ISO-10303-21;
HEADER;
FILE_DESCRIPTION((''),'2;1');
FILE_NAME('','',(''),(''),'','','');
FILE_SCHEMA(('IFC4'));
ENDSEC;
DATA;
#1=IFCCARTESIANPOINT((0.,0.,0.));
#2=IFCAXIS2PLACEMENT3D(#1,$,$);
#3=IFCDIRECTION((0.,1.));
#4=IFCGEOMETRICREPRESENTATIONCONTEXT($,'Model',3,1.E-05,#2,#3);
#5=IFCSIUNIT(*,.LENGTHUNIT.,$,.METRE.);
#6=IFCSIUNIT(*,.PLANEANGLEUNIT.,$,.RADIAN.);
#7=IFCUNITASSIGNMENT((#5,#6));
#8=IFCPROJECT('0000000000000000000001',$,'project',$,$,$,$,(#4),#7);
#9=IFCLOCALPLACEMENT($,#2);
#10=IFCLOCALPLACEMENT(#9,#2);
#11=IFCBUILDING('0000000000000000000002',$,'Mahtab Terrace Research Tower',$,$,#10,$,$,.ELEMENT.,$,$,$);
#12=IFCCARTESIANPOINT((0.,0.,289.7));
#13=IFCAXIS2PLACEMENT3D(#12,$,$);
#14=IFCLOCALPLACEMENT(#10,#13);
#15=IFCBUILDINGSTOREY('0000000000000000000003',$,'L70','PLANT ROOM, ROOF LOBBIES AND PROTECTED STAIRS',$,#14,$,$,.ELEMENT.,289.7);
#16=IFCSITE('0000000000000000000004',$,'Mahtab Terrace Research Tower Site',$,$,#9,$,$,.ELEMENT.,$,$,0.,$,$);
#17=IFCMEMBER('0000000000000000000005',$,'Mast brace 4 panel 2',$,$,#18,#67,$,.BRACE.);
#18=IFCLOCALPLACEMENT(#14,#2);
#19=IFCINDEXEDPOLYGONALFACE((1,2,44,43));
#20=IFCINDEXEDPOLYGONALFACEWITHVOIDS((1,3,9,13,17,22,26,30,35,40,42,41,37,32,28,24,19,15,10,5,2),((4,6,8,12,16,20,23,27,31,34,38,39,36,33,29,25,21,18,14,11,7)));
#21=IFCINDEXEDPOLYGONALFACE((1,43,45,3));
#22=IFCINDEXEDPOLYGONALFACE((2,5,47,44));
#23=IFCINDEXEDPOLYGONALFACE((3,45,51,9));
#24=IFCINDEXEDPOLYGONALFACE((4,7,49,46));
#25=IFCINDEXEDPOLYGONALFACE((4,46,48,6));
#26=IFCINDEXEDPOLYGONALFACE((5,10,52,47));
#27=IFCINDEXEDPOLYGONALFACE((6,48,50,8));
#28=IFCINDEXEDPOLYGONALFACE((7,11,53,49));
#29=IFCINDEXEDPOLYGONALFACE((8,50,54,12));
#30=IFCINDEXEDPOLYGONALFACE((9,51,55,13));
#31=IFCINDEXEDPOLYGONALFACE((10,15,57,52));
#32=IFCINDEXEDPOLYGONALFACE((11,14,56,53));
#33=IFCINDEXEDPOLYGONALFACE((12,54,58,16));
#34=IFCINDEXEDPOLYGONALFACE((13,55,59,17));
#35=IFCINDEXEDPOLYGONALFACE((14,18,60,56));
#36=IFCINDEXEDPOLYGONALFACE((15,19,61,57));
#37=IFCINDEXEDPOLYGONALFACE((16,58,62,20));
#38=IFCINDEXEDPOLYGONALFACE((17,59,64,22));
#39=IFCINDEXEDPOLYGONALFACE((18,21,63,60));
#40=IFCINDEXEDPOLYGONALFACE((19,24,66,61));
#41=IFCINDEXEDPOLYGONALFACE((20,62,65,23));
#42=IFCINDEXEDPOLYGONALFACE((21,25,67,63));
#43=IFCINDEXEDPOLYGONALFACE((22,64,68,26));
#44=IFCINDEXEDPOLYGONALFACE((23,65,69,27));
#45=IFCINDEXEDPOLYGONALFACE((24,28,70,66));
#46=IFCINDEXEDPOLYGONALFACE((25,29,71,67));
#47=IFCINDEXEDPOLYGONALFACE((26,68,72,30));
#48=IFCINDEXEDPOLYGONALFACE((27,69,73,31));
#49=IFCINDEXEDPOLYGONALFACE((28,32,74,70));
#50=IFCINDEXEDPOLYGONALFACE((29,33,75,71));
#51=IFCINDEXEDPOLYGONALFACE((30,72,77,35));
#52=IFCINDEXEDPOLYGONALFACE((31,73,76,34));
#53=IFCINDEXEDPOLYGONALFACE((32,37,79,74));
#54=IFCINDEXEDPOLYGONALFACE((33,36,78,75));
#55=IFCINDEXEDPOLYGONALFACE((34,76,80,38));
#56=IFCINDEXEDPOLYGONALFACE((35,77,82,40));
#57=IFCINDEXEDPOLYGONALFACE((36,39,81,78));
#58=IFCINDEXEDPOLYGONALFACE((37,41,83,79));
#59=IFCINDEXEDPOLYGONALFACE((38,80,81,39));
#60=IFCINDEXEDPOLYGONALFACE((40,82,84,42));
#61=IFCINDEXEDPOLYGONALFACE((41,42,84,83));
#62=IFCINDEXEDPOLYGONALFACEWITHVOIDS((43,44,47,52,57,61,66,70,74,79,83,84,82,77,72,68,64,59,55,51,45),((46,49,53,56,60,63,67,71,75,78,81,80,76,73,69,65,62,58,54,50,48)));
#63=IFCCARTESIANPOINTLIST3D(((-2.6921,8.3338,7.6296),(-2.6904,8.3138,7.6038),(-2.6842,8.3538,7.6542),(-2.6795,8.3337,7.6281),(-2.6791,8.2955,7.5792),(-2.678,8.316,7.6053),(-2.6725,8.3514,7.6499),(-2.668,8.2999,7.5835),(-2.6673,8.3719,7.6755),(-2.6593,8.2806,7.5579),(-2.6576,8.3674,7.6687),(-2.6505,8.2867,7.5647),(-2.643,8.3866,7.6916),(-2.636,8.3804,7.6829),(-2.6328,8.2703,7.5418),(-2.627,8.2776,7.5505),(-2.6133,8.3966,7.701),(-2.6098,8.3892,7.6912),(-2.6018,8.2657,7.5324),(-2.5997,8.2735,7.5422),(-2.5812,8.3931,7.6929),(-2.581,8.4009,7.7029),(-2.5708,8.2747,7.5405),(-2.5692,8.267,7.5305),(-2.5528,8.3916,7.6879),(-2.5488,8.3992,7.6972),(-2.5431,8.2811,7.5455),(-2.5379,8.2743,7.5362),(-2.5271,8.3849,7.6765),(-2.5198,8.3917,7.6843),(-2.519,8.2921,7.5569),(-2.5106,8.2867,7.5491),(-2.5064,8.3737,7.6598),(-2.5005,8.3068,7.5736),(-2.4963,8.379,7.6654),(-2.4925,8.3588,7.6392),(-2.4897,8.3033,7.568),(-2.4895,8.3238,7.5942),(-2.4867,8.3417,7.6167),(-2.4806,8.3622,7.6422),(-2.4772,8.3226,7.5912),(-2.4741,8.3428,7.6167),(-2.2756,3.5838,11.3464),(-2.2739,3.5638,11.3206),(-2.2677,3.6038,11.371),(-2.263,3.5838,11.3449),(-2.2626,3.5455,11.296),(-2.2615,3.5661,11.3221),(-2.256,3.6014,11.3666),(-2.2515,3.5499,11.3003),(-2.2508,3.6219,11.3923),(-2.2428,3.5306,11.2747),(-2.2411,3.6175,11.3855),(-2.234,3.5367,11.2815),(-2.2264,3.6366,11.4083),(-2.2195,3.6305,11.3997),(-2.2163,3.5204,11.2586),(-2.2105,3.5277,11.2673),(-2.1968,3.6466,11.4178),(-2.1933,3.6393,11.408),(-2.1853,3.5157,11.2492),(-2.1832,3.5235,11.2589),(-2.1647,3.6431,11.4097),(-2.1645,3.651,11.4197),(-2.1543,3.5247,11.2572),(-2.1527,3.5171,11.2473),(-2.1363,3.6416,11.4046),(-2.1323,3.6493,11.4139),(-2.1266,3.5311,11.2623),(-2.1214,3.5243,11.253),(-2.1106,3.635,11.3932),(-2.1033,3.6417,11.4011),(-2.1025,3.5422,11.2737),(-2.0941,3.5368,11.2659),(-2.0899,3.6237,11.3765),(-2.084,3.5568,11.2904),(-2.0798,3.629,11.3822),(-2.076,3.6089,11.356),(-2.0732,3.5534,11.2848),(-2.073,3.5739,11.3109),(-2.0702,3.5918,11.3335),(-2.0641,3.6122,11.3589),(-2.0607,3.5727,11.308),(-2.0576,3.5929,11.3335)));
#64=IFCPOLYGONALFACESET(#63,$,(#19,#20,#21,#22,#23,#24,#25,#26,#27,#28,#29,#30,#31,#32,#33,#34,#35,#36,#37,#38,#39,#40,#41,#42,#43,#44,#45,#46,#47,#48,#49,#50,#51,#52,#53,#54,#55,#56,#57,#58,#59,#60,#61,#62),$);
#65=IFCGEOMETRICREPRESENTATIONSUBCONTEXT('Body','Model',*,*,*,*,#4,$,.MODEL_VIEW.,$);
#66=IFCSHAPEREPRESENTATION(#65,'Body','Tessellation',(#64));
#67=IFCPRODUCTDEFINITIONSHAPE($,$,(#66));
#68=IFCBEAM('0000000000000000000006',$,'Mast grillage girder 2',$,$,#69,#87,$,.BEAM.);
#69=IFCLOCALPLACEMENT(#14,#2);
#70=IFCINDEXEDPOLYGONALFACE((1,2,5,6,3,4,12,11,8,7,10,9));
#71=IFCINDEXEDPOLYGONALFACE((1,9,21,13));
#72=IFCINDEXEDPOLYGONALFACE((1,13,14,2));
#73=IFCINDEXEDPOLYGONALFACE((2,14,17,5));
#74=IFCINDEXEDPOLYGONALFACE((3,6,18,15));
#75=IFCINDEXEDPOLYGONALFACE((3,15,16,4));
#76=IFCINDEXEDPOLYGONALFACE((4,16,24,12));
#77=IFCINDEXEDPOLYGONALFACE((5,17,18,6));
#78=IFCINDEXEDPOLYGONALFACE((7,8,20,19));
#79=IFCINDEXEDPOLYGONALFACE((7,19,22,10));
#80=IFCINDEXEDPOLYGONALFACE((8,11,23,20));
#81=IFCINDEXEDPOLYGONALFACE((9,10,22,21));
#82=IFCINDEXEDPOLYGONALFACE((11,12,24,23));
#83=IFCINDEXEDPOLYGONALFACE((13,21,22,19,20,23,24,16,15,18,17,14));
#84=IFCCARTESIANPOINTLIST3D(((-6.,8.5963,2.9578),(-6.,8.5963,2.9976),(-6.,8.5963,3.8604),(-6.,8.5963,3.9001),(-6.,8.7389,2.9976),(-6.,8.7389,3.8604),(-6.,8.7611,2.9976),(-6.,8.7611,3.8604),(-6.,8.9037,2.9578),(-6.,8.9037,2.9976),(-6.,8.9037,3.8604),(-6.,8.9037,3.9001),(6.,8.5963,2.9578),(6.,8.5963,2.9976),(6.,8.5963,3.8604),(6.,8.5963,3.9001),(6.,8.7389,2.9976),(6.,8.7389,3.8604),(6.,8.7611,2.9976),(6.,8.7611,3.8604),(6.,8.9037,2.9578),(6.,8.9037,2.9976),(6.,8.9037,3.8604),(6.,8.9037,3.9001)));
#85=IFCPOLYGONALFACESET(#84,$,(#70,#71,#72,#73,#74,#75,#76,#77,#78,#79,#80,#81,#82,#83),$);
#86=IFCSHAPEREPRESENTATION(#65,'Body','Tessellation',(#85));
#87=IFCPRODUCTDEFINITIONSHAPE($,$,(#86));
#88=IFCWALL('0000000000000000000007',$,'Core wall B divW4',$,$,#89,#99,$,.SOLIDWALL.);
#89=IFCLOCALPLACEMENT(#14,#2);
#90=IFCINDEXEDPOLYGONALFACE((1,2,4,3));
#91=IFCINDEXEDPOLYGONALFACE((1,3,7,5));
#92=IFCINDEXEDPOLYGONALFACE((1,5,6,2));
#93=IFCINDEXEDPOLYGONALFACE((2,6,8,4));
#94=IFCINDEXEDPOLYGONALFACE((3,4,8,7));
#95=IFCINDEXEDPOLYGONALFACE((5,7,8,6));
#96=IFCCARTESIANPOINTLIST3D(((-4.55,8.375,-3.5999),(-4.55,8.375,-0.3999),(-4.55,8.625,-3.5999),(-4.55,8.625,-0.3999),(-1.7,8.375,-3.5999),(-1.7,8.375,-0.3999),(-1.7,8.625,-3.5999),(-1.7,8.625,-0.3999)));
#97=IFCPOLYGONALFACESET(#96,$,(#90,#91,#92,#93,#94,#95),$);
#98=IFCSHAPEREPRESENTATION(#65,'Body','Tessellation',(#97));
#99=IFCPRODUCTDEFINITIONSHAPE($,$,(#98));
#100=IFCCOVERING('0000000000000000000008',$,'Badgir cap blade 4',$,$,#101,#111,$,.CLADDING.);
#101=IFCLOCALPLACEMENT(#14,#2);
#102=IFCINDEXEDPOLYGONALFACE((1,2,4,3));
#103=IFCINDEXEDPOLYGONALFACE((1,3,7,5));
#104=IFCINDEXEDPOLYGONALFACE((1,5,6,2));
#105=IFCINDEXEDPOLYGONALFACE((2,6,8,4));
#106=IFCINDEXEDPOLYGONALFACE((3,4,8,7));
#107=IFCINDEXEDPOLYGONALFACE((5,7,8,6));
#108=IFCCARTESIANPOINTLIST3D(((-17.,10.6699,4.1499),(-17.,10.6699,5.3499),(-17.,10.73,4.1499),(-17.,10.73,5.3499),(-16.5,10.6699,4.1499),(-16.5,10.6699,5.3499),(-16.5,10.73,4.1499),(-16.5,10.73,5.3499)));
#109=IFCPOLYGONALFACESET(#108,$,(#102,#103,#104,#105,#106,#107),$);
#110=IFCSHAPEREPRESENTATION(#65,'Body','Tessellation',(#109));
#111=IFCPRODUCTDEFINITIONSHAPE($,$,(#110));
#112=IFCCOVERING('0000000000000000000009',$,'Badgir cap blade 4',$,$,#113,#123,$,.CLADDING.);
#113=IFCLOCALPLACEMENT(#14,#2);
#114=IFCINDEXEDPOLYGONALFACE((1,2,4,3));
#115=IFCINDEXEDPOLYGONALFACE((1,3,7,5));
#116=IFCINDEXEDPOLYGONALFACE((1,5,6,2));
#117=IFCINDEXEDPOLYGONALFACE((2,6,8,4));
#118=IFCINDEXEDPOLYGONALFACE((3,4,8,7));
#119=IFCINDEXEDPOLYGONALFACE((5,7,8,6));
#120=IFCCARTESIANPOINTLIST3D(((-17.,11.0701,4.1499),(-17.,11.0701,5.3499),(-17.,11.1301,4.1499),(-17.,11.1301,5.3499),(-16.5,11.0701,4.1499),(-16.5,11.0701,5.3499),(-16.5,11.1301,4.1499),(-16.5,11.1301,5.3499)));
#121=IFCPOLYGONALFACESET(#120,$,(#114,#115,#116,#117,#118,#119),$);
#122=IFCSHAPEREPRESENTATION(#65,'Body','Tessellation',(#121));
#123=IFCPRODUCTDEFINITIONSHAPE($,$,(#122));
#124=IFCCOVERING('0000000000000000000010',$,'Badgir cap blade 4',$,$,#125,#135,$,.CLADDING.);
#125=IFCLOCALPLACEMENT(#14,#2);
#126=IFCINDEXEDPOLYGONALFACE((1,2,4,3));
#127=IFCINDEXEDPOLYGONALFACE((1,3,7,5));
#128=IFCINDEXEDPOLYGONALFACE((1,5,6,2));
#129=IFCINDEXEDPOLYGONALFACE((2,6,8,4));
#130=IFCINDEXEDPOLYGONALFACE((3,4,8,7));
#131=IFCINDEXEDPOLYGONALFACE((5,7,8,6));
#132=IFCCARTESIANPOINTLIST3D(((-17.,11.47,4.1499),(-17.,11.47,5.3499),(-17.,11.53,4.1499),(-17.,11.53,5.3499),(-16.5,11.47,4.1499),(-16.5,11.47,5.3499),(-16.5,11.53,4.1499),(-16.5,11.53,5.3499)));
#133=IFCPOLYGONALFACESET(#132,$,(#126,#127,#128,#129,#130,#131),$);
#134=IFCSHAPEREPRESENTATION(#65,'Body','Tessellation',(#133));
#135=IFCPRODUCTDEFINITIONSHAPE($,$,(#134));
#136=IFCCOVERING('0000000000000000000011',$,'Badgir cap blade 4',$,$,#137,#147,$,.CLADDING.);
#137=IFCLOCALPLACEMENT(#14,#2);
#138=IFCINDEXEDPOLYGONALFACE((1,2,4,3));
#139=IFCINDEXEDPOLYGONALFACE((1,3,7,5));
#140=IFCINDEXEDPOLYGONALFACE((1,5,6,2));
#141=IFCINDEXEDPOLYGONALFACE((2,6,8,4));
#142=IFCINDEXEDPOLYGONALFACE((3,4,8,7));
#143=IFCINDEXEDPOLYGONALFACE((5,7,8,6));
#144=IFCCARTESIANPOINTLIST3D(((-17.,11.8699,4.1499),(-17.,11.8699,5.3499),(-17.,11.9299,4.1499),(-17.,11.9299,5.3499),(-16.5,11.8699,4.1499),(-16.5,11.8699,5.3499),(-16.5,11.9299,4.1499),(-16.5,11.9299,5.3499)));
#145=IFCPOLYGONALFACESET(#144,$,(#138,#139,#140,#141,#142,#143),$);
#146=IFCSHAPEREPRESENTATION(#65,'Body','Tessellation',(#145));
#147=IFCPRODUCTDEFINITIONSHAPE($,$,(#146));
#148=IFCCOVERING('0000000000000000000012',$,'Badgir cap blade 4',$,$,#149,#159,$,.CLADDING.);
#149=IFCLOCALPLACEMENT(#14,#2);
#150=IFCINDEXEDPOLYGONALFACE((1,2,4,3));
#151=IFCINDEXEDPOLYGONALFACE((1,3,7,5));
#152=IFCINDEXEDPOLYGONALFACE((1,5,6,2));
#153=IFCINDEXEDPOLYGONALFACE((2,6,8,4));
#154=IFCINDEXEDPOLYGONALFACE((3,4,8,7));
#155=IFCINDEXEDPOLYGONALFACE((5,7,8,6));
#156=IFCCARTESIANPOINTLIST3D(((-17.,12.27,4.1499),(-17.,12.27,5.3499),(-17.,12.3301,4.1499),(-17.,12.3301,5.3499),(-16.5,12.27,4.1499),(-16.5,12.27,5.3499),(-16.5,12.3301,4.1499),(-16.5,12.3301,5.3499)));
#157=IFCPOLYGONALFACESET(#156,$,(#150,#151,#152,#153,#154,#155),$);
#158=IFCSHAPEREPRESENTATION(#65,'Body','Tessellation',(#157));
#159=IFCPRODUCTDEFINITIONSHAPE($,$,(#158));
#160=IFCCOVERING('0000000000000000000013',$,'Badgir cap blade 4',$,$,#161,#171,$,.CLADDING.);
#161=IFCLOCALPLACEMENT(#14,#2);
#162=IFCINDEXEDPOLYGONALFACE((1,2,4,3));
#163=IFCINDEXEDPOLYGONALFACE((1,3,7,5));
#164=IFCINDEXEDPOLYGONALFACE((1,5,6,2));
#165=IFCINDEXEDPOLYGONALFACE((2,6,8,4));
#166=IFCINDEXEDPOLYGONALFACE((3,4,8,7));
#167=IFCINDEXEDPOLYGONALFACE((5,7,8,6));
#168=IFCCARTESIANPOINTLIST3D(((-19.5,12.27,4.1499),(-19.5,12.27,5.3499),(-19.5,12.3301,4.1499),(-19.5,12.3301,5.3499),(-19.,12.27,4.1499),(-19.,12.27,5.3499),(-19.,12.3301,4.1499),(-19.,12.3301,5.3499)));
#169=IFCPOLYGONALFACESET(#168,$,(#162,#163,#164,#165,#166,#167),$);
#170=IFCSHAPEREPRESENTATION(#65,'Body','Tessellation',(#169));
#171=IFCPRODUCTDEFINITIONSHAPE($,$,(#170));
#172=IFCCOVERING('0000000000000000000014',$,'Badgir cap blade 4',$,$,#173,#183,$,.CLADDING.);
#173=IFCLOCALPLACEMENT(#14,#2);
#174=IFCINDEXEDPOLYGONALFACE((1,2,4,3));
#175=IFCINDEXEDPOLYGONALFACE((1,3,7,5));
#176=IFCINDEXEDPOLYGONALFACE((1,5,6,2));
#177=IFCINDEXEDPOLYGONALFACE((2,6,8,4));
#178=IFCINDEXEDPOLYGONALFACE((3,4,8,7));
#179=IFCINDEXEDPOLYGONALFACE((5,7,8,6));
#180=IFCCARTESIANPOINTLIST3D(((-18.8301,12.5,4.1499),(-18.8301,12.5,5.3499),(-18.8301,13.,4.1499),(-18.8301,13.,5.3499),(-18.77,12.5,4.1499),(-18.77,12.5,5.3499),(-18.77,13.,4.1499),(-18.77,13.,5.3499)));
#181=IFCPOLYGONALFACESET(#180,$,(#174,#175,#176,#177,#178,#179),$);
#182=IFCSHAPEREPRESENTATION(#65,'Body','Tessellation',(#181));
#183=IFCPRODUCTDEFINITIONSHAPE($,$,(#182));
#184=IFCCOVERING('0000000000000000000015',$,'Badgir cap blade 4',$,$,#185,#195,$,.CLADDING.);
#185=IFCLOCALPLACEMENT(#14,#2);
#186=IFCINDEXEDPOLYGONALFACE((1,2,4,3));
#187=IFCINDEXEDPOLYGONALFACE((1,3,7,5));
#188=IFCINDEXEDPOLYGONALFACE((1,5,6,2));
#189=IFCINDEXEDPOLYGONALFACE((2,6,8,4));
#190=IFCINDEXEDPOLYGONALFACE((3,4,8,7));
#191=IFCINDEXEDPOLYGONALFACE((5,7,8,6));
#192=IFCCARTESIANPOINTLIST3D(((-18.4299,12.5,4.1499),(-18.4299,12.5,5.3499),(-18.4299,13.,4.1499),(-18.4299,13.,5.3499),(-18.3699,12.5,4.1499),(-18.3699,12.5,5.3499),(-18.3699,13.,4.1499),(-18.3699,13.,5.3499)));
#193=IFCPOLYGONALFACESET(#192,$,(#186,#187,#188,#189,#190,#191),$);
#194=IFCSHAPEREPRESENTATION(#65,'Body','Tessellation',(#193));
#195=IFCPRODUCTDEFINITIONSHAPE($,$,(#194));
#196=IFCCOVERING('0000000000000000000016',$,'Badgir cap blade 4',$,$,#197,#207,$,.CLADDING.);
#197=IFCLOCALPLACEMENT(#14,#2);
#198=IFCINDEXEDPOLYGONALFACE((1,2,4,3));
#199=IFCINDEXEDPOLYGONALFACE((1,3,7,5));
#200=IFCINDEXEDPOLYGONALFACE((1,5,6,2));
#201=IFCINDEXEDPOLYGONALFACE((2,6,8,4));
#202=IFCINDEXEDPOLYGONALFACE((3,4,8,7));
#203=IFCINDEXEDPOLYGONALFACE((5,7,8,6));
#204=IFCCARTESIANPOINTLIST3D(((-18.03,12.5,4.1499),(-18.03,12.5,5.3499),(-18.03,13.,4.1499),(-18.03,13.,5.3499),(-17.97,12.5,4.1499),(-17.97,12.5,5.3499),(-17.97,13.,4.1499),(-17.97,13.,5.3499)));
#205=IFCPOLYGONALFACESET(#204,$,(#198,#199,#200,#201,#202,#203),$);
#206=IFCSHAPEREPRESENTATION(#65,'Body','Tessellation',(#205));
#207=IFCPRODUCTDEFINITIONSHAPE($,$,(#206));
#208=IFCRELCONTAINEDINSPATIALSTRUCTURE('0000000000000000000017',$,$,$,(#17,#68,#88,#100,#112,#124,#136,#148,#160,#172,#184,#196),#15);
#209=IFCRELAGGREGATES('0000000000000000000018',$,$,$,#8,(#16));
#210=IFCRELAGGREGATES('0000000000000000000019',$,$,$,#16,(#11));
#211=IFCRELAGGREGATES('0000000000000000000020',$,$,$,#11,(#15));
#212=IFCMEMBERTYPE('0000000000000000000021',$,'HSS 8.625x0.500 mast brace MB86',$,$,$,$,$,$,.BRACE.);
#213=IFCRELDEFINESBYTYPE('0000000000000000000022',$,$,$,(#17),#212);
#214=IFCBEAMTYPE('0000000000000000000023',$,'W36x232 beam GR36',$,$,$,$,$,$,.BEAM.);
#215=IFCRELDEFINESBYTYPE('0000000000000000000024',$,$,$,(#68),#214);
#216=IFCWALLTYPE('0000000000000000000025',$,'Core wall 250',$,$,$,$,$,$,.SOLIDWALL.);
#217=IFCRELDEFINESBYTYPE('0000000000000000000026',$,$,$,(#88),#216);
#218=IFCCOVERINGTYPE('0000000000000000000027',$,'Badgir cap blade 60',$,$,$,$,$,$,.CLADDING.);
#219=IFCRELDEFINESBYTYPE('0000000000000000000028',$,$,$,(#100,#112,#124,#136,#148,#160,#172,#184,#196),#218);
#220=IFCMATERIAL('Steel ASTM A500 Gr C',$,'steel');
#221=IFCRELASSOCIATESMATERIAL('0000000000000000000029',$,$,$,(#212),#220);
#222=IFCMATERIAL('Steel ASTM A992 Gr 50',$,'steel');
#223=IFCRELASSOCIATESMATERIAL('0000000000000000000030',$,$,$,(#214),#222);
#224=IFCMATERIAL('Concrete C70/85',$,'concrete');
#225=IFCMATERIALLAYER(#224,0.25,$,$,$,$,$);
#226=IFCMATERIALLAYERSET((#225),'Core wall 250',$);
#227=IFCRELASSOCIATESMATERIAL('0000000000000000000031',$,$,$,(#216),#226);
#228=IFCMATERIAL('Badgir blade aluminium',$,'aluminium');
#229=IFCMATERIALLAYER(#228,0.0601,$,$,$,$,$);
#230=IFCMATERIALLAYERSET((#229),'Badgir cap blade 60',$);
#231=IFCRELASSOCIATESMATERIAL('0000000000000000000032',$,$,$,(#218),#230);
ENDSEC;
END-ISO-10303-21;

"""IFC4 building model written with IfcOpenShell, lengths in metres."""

from ifc_helpers import new_model, si_unit, direction, frame, frame_2d, origin, origin_2d, place, context, subcontext, project, spatial, rectangle, hollow_circle, i_section, extrude, material, layer, layer_set, material_profile, profile_set, type_object, element, save


model = new_model("IFC4")

# Units and contexts
model_context = context("Model", 3, precision=1e-05, world=origin(), true_north=direction((0.0, 1.0)))
body_context = subcontext(model_context, "Body", "Model", "MODEL_VIEW")
ifc_project = project(units=[si_unit("LENGTHUNIT", "METRE"), si_unit("PLANEANGLEUNIT", "RADIAN")], contexts=[model_context])

# Site, building, storey
site_placement = place(None, origin())
site = spatial("IfcSite", under=ifc_project, at=site_placement, Name="Mahtab Terrace Research Tower Site", CompositionType="ELEMENT", RefElevation=0.0)
building_placement = place(site_placement, origin())
building = spatial("IfcBuilding", under=site, at=building_placement, Name="Mahtab Terrace Research Tower", CompositionType="ELEMENT")
storey_placement = place(building_placement, frame((0.0, 0.0, 289.7)))
storey = spatial("IfcBuildingStorey", under=building, at=storey_placement, Name="L70", Description="PLANT ROOM, ROOF LOBBIES AND PROTECTED STAIRS", CompositionType="ELEMENT", Elevation=289.7)

# Shared definitions
ifc_material_1 = material(Name="Concrete C70/85", Category="concrete")

# Member
ifc_material_2 = material(Name="Steel ASTM A500 Gr C", Category="steel")
ifc_material_profile_1 = material_profile(ifc_material_2, hollow_circle(Radius=0.1096, WallThickness=0.0127, at=origin_2d()), Name="HSS8.625X0.500")
ifc_profile_set_1 = profile_set([ifc_material_profile_1], Name="Steel ASTM A500 Gr C")
member_type_1 = type_object("IfcMemberType", Name="HSS 8.625x0.500 mast brace MB86", PredefinedType="BRACE", material=ifc_profile_set_1)
member_1_placement = place(storey_placement, frame((-2.5833, 8.3333, 7.6167), z_axis=(0.068893, -0.785682, 0.614783), x_axis=(0.996178, 0.08735, 0.0)))
element("IfcMember", 1, at=member_1_placement, inside=storey, type_object=member_type_1, Name="Mast brace 4 panel 2", PredefinedType="BRACE", context=body_context, shape_type="SweptSolid", body=[
    extrude(hollow_circle(Radius=0.1096, WallThickness=0.0127, at=origin_2d()), origin(), (0.0, 0.0, 1.0), 6.0457),
])

# Beam
ifc_material_3 = material(Name="Steel ASTM A992 Gr 50", Category="steel")
ifc_material_profile_2 = material_profile(ifc_material_3, i_section(OverallWidth=0.3074, OverallDepth=0.9424, WebThickness=0.0222, FlangeThickness=0.0398, at=origin_2d()), Name="W36X232")
ifc_profile_set_2 = profile_set([ifc_material_profile_2], Name="Steel ASTM A992 Gr 50")
beam_type = type_object("IfcBeamType", Name="W36x232 beam GR36", PredefinedType="BEAM", material=ifc_profile_set_2)
beam_placement = place(storey_placement, frame((-6.0, 8.75, 3.429), z_axis=(1.0, 0.0, 0.0), x_axis=(0.0, 1.0, 0.0)))
element("IfcBeam", 2, at=beam_placement, inside=storey, type_object=beam_type, Name="Mast grillage girder 2", PredefinedType="BEAM", context=body_context, shape_type="SweptSolid", body=[
    extrude(i_section(OverallWidth=0.3074, OverallDepth=0.9424, WebThickness=0.0222, FlangeThickness=0.0398, at=origin_2d()), origin(), (0.0, 0.0, 1.0), 12.0),
])

# Wall
ifc_layer_1 = layer(ifc_material_1, 0.25)
ifc_layer_set_1 = layer_set([ifc_layer_1], Name="Core wall 250")
wall_type = type_object("IfcWallType", Name="Core wall 250", PredefinedType="SOLIDWALL", material=ifc_layer_set_1)
wall_placement = place(storey_placement, frame((-4.55, 8.5, -3.5999), z_axis=(0.0, 0.0, 1.0), x_axis=(1.0, 0.0, 0.0)))
element("IfcWall", 3, at=wall_placement, inside=storey, type_object=wall_type, Name="Core wall B divW4", PredefinedType="SOLIDWALL", context=body_context, shape_type="SweptSolid", body=[
    extrude(rectangle(XDim=2.8501, YDim=0.25, at=frame_2d((1.425, 0.0))), origin(), (0.0, 0.0, 1.0), 3.2),
])

# Coverings
ifc_material_4 = material(Name="Badgir blade aluminium", Category="aluminium")
ifc_layer_2 = layer(ifc_material_4, 0.0601)
ifc_layer_set_2 = layer_set([ifc_layer_2], Name="Badgir cap blade 60")
covering_type_1 = type_object("IfcCoveringType", Name="Badgir cap blade 60", PredefinedType="CLADDING", material=ifc_layer_set_2)
for number, where, z_axis, x_axis, name in (
    (4, (-16.75, 10.7, 4.1499), (0.0, 0.0, 1.0), (1.0, 0.0, 0.0), "Badgir cap blade 4"),
    (5, (-16.75, 11.1001, 4.1499), (0.0, 0.0, 1.0), (1.0, 0.0, 0.0), "Badgir cap blade 4"),
    (6, (-16.75, 11.5, 4.1499), (0.0, 0.0, 1.0), (1.0, 0.0, 0.0), "Badgir cap blade 4"),
    (7, (-16.75, 11.8999, 4.1499), (0.0, 0.0, 1.0), (1.0, 0.0, 0.0), "Badgir cap blade 4"),
    (8, (-16.75, 12.3, 4.1499), (0.0, 0.0, 1.0), (1.0, 0.0, 0.0), "Badgir cap blade 4"),
    (9, (-19.25, 12.3, 4.1499), (0.0, 0.0, 1.0), (1.0, 0.0, 0.0), "Badgir cap blade 4"),
):
    element("IfcCovering", number, at=place(storey_placement, frame(where, z_axis=z_axis, x_axis=x_axis)), inside=storey, type_object=covering_type_1, Name=name, PredefinedType="CLADDING", context=body_context, shape_type="SweptSolid", body=[
        extrude(rectangle(XDim=0.5, YDim=0.0601, at=origin_2d()), origin(), (0.0, 0.0, 1.0), 1.2),
    ])
for number, where, z_axis, x_axis, name in (
    (10, (-18.8, 12.75, 4.1499), (0.0, 0.0, 1.0), (1.0, 0.0, 0.0), "Badgir cap blade 4"),
    (11, (-18.3999, 12.75, 4.1499), (0.0, 0.0, 1.0), (1.0, 0.0, 0.0), "Badgir cap blade 4"),
    (12, (-18.0, 12.75, 4.1499), (0.0, 0.0, 1.0), (1.0, 0.0, 0.0), "Badgir cap blade 4"),
):
    element("IfcCovering", number, at=place(storey_placement, frame(where, z_axis=z_axis, x_axis=x_axis)), inside=storey, type_object=covering_type_1, Name=name, PredefinedType="CLADDING", context=body_context, shape_type="SweptSolid", body=[
        extrude(rectangle(XDim=0.0601, YDim=0.5, at=origin_2d()), origin(), (0.0, 0.0, 1.0), 1.2),
    ])

save(model, "model.ifc")
